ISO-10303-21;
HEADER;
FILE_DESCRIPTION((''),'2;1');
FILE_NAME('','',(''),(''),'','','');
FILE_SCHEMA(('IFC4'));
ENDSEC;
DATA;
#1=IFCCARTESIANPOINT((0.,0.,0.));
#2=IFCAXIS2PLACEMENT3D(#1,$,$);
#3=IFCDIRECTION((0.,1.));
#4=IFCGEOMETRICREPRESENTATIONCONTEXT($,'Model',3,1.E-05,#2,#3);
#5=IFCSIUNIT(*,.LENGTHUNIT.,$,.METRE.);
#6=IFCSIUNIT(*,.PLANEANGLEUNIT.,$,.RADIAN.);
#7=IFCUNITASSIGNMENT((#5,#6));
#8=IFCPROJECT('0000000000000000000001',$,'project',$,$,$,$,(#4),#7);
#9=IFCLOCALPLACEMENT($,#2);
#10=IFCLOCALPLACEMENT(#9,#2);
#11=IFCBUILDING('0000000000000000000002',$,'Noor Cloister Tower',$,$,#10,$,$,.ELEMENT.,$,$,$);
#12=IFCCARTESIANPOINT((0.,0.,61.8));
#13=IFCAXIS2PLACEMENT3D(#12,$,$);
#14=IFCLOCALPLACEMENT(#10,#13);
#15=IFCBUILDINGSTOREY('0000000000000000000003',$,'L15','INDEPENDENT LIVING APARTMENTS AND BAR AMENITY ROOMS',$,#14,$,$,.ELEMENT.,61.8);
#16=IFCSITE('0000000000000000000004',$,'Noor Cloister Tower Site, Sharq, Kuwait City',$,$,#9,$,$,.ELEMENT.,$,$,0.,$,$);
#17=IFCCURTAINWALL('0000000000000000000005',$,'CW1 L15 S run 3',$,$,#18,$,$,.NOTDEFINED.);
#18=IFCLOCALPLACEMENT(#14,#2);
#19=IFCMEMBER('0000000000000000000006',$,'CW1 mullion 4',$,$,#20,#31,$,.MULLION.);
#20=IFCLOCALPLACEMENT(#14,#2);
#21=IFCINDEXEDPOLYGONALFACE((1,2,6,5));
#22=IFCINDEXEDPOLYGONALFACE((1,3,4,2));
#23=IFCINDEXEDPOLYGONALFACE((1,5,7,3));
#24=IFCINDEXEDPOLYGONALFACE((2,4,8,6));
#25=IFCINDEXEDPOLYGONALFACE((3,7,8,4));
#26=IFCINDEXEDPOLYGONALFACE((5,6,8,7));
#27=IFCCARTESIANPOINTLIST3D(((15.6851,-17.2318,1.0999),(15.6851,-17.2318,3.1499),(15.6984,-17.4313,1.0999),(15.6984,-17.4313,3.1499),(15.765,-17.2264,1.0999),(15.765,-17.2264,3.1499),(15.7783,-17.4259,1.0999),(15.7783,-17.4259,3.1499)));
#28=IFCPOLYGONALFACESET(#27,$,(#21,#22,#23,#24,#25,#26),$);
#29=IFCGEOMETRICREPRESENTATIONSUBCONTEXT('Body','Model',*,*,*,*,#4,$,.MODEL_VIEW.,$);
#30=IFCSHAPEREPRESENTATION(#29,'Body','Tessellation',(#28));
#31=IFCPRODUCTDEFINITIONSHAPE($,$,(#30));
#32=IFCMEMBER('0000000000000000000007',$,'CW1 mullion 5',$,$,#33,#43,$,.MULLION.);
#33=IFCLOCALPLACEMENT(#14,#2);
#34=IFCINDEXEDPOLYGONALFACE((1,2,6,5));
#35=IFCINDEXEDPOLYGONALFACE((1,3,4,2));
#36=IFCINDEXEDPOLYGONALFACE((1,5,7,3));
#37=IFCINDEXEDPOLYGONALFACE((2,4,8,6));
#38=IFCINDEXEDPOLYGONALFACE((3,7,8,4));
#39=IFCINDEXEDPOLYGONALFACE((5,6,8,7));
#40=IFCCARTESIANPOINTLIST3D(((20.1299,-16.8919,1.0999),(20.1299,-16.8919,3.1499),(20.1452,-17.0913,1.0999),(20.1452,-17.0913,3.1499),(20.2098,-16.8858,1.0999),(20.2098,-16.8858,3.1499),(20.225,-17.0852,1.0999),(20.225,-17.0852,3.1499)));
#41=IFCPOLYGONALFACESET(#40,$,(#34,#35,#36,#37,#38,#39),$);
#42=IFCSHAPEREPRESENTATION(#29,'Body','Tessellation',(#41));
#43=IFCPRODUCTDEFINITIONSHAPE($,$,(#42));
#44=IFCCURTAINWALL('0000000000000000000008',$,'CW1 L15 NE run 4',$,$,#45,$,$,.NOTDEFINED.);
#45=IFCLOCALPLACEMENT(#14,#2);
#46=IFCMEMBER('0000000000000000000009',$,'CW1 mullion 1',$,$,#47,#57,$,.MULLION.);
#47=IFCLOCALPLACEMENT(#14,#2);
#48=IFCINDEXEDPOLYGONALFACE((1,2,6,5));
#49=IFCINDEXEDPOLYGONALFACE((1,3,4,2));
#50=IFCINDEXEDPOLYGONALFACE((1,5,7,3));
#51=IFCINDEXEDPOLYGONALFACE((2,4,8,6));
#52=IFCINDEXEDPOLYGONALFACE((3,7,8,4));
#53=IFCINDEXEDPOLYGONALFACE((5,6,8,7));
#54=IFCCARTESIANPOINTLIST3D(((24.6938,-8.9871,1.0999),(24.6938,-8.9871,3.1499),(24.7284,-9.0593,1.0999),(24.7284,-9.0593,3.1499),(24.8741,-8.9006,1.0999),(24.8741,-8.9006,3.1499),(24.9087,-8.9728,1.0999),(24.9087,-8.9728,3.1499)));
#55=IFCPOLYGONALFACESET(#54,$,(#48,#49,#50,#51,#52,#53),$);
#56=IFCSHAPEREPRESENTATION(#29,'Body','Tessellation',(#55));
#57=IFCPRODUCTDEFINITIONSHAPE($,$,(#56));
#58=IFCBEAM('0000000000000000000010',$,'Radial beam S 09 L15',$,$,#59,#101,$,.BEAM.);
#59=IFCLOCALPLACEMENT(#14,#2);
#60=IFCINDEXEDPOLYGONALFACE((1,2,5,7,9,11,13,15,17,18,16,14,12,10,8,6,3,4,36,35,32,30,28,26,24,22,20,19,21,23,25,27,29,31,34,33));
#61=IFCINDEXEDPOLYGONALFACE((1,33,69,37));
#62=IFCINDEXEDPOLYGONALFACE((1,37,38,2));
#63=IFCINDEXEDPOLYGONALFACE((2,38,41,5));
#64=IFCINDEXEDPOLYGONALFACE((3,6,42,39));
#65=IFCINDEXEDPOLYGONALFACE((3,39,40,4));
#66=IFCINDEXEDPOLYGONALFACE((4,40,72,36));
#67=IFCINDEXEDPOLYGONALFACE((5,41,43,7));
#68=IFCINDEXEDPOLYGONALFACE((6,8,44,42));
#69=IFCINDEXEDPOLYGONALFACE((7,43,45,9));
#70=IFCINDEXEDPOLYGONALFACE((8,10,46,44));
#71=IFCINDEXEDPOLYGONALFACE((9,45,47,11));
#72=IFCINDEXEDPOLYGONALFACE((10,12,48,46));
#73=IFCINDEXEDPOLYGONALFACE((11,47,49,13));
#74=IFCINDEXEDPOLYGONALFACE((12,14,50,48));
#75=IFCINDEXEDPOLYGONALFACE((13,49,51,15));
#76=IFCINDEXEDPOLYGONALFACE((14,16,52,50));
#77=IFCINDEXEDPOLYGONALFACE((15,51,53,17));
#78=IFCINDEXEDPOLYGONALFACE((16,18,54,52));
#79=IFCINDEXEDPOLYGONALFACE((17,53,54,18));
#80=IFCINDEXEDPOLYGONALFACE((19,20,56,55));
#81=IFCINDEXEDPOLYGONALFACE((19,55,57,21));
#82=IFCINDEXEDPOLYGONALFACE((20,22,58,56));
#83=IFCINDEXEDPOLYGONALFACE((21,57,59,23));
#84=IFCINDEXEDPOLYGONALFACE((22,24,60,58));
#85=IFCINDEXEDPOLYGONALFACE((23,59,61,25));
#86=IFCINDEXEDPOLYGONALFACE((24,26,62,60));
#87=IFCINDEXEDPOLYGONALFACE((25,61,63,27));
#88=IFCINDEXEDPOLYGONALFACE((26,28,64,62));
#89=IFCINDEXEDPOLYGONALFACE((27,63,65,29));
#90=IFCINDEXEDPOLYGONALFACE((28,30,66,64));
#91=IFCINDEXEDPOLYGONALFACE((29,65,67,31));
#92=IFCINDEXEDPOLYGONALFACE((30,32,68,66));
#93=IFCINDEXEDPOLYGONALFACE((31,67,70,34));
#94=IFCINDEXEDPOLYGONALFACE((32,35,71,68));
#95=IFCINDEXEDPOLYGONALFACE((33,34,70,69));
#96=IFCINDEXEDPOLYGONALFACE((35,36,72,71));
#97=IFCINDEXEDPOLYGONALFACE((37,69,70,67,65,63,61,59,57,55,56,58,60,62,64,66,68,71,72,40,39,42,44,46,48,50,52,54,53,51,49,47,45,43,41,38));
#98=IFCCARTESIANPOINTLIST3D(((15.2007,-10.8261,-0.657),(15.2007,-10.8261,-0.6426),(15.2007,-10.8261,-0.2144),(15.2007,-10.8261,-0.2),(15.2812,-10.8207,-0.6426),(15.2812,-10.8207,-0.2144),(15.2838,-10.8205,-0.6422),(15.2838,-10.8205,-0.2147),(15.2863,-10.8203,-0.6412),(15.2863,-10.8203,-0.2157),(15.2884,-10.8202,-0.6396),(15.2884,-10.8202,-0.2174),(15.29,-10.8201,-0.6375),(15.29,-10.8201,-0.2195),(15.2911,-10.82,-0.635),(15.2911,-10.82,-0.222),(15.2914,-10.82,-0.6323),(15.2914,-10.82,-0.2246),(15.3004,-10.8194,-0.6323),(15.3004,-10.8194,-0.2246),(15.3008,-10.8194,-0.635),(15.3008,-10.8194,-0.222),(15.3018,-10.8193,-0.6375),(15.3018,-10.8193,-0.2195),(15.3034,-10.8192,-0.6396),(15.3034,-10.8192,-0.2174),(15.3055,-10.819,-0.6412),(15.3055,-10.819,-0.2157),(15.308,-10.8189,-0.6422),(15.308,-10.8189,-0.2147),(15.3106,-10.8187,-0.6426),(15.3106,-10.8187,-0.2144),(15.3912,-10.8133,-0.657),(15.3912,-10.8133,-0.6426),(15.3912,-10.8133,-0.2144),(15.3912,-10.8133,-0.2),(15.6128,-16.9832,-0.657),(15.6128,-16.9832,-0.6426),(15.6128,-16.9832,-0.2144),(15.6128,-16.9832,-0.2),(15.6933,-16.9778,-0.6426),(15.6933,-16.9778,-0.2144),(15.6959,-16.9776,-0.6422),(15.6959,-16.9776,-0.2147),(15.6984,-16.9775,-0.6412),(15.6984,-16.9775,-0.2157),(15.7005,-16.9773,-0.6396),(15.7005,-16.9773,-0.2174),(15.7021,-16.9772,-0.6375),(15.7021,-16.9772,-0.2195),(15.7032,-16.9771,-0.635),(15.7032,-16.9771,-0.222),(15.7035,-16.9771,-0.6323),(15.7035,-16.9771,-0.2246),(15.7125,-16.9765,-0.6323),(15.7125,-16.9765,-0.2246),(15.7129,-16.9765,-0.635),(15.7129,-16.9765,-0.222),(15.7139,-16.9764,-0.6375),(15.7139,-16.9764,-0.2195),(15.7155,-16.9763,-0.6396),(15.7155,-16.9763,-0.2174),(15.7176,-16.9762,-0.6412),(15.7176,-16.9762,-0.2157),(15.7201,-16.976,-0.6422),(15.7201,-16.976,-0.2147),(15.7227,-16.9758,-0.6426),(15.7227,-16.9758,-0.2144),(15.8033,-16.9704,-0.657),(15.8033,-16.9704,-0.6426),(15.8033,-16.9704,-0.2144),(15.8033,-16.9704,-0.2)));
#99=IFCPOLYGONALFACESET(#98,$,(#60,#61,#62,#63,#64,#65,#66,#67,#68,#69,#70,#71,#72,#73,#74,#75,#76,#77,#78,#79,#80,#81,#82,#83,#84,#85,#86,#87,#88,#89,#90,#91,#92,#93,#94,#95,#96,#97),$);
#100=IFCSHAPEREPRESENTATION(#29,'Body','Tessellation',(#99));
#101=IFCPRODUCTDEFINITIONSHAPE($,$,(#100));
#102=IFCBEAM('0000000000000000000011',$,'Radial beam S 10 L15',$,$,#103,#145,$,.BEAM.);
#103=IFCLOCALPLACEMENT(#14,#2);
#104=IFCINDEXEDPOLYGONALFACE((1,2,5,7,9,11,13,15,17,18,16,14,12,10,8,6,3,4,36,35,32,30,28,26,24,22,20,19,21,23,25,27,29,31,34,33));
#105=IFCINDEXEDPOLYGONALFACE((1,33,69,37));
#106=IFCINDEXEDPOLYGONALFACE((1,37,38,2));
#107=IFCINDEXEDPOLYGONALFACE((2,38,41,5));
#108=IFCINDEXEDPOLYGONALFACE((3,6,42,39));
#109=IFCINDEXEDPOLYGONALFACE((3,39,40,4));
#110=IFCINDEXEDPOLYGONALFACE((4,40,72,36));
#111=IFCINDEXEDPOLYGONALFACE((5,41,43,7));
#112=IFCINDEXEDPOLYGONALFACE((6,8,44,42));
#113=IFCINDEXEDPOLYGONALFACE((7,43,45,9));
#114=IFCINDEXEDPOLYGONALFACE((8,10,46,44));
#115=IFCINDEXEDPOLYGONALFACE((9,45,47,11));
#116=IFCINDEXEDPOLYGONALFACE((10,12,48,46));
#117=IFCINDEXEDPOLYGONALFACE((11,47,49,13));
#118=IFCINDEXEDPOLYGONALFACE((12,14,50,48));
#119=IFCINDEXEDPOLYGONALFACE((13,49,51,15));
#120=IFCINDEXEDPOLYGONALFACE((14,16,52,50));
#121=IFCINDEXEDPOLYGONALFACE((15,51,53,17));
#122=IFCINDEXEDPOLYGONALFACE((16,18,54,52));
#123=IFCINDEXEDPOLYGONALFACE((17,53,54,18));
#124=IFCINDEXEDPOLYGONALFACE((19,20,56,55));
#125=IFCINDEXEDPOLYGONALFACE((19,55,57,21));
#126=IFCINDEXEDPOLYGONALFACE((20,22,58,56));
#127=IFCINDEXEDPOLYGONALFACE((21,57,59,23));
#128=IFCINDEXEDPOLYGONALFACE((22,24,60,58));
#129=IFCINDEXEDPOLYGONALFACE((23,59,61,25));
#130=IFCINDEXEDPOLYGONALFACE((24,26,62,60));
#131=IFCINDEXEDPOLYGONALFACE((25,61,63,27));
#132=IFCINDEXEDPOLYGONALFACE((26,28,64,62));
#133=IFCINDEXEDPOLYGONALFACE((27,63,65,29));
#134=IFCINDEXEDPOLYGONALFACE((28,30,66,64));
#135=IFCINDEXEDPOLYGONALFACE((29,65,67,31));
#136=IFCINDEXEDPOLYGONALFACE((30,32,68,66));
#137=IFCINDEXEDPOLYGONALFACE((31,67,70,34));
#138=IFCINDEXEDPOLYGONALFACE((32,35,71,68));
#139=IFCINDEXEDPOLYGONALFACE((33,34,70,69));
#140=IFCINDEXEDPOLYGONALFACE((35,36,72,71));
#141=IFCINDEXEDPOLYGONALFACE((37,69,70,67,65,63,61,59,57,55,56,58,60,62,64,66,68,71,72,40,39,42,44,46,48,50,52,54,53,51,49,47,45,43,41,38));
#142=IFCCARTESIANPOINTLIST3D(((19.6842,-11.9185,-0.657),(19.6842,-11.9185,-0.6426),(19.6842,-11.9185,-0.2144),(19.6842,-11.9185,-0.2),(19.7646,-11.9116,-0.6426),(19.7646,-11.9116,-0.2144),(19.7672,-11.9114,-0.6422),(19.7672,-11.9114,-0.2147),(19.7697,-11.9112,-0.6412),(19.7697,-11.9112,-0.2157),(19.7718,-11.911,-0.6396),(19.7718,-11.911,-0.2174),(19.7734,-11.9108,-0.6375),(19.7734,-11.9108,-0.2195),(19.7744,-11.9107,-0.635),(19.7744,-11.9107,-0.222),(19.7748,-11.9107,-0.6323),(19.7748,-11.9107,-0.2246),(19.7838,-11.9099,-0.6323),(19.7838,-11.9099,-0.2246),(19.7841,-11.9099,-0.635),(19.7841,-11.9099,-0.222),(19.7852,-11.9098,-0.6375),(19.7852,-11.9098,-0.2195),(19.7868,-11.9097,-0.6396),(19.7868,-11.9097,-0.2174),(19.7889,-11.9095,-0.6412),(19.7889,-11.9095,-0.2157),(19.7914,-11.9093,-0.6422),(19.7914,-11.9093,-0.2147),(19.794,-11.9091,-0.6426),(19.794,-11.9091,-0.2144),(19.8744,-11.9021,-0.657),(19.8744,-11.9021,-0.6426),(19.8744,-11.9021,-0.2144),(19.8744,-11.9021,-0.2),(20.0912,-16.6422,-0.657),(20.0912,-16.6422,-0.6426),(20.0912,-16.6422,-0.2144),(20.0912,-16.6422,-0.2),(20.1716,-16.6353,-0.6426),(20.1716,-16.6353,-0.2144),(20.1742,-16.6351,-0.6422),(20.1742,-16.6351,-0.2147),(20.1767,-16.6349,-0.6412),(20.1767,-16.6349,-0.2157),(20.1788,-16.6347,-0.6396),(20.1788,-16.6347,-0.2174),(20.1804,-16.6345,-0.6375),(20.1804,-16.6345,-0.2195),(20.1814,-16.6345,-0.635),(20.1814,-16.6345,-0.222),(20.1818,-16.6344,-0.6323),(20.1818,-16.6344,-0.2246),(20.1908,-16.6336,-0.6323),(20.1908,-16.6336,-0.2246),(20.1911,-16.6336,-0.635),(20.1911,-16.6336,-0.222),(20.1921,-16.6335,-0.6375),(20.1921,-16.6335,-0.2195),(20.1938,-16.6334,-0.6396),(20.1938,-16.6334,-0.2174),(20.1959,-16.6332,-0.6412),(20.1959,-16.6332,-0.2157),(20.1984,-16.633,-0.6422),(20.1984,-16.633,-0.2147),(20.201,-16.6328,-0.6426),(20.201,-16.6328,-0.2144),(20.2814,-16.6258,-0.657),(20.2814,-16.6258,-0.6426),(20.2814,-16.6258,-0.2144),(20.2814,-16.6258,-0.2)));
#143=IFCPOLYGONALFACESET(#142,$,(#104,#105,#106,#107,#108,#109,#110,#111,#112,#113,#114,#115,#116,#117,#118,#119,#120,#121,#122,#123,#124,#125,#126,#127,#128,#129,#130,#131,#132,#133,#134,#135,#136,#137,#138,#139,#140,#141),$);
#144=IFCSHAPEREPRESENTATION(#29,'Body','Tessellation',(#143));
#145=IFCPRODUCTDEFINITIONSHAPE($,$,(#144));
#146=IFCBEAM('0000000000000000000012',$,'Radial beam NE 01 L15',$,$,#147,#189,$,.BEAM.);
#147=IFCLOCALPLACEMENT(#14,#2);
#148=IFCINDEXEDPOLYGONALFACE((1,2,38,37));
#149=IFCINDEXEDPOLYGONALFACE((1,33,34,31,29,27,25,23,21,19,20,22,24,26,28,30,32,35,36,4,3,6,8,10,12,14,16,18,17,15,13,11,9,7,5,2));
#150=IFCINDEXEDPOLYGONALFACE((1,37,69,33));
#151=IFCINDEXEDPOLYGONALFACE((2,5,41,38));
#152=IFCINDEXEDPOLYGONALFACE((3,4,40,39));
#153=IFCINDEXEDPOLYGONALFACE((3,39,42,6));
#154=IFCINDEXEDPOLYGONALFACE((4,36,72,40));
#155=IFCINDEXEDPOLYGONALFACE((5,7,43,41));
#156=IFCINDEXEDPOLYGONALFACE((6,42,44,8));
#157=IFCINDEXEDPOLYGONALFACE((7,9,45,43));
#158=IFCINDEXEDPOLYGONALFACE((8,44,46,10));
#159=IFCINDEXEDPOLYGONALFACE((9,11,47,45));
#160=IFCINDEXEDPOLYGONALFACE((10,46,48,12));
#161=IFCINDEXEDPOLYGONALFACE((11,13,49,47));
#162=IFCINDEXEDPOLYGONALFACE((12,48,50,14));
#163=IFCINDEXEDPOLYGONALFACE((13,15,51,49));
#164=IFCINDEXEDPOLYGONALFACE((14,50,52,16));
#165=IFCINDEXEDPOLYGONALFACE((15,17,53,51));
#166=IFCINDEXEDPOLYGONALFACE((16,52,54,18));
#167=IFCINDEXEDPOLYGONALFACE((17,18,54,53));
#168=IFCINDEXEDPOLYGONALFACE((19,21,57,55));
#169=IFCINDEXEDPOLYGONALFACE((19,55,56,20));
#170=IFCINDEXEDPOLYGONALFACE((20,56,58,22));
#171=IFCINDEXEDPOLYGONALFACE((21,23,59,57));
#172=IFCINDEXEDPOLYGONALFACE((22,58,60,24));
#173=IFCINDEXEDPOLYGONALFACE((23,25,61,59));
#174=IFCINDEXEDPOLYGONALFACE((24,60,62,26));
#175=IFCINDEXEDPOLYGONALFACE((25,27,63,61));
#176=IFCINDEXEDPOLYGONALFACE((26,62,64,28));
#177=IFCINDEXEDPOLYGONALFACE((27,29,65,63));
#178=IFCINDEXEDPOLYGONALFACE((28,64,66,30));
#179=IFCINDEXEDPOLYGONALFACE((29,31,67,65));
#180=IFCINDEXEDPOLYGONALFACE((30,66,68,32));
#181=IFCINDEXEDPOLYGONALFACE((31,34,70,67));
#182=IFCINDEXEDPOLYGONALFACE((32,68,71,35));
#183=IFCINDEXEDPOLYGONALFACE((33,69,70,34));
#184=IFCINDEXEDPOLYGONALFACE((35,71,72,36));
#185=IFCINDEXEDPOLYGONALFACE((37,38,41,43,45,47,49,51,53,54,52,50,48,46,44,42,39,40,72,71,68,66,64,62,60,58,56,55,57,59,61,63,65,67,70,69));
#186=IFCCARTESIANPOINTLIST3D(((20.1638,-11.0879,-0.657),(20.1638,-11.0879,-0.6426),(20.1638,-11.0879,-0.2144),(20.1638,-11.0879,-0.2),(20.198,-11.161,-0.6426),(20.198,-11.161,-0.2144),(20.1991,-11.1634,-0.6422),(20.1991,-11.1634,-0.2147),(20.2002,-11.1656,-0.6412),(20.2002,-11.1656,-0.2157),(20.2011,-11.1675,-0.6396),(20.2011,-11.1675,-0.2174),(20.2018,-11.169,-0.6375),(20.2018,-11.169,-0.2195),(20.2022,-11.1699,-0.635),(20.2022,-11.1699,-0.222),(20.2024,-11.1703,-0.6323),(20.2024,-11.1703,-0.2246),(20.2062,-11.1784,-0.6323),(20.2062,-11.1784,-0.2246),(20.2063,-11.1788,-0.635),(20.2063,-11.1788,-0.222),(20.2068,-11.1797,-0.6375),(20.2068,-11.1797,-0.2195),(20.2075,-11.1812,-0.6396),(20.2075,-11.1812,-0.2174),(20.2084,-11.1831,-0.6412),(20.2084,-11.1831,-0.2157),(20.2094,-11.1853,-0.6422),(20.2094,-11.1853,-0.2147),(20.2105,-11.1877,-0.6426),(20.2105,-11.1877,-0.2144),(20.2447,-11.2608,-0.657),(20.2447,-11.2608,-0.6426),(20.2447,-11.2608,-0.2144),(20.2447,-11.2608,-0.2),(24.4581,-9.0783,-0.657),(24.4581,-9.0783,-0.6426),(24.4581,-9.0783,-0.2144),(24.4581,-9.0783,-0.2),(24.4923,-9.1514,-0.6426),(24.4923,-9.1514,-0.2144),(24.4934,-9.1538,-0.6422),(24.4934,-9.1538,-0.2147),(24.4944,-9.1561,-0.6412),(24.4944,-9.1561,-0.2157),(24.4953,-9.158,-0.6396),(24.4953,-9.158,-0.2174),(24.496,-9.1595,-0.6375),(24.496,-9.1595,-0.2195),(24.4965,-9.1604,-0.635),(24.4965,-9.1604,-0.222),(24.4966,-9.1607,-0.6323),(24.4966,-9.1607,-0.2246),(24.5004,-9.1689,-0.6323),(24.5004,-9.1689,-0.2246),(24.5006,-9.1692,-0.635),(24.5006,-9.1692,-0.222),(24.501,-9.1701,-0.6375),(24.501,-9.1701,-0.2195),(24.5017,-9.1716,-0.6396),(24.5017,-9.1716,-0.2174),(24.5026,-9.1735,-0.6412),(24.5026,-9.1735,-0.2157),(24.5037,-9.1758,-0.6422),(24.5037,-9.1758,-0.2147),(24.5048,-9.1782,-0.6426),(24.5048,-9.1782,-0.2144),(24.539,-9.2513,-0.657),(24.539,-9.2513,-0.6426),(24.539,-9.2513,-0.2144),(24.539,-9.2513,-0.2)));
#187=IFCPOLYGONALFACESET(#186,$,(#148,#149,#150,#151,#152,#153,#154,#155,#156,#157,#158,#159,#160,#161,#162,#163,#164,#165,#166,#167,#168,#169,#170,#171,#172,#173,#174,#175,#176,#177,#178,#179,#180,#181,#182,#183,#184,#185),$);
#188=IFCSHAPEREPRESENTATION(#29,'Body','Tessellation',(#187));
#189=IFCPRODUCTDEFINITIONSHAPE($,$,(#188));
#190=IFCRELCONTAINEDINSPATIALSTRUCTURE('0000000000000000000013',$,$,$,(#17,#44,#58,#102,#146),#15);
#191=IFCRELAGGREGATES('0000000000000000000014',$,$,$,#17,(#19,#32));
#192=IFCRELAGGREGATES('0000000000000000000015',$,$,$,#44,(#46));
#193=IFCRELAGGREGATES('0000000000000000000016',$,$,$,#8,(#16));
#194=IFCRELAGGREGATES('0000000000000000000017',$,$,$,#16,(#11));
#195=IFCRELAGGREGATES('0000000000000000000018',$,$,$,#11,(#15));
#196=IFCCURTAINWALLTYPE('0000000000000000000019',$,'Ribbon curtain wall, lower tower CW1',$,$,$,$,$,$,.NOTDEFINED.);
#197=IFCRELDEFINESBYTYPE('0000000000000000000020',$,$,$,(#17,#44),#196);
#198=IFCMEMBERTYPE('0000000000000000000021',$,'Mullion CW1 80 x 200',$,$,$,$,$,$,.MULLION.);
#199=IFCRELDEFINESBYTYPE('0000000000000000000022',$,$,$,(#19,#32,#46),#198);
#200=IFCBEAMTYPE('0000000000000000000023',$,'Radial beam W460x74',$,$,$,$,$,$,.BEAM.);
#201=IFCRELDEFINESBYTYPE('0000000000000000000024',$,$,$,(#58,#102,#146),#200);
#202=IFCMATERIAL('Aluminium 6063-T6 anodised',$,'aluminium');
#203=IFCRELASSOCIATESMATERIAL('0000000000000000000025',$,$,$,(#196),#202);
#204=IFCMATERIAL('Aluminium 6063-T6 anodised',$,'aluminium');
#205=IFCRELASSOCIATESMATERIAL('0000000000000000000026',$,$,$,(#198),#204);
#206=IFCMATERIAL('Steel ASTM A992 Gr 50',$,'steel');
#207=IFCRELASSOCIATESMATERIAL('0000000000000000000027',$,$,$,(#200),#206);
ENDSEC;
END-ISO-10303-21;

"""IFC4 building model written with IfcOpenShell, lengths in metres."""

from ifc_helpers import new_model, si_unit, direction, frame, origin, origin_2d, place, context, subcontext, project, spatial, rectangle, i_section, extrude, material, material_profile, profile_set, type_object, element, aggregate, save


model = new_model("IFC4")

# Units and contexts
model_context = context("Model", 3, precision=1e-05, world=origin(), true_north=direction((0.0, 1.0)))
body_context = subcontext(model_context, "Body", "Model", "MODEL_VIEW")
ifc_project = project(units=[si_unit("LENGTHUNIT", "METRE"), si_unit("PLANEANGLEUNIT", "RADIAN")], contexts=[model_context])

# Site, building, storey
site_placement = place(None, origin())
site = spatial("IfcSite", under=ifc_project, at=site_placement, Name="Noor Cloister Tower Site, Sharq, Kuwait City", CompositionType="ELEMENT", RefElevation=0.0)
building_placement = place(site_placement, origin())
building = spatial("IfcBuilding", under=site, at=building_placement, Name="Noor Cloister Tower", CompositionType="ELEMENT")
storey_placement = place(building_placement, frame((0.0, 0.0, 61.8)))
storey = spatial("IfcBuildingStorey", under=building, at=storey_placement, Name="L15", Description="INDEPENDENT LIVING APARTMENTS AND BAR AMENITY ROOMS", CompositionType="ELEMENT", Elevation=61.8)

# Curtain wall, members
ifc_material_1 = material(Name="Aluminium 6063-T6 anodised", Category="aluminium")
curtain_wall_type = type_object("IfcCurtainWallType", Name="Ribbon curtain wall, lower tower CW1", PredefinedType="NOTDEFINED", material=ifc_material_1)
curtain_wall_1_placement = place(storey_placement, origin())
curtain_wall_1 = element("IfcCurtainWall", 1, at=curtain_wall_1_placement, inside=storey, type_object=curtain_wall_type, Name="CW1 L15 S run 3", PredefinedType="NOTDEFINED")
ifc_material_2 = material(Name="Aluminium 6063-T6 anodised", Category="aluminium")
ifc_material_profile_1 = material_profile(ifc_material_2, rectangle(XDim=0.2, YDim=0.0801, at=origin_2d()), Name="200 x 80 mullion")
ifc_profile_set_1 = profile_set([ifc_material_profile_1], Name="Aluminium 6063-T6 anodised")
member_type = type_object("IfcMemberType", Name="Mullion CW1 80 x 200", PredefinedType="MULLION", material=ifc_profile_set_1)
member_1_placement = place(storey_placement, frame((15.7317, -17.3289, 1.0999), z_axis=(0.0, 0.0, 1.0), x_axis=(-0.066787, 0.997767, 0.0)))
member_1 = element("IfcMember", 2, at=member_1_placement, type_object=member_type, Name="CW1 mullion 4", PredefinedType="MULLION", context=body_context, shape_type="SweptSolid", body=[
    extrude(rectangle(XDim=0.2, YDim=0.0801, at=origin_2d()), origin(), (0.0, 0.0, 1.0), 2.05),
])
member_2_placement = place(storey_placement, frame((20.1775, -16.9885, 1.0999), z_axis=(0.0, 0.0, 1.0), x_axis=(-0.076311, 0.997084, 0.0)))
member_2 = element("IfcMember", 3, at=member_2_placement, type_object=member_type, Name="CW1 mullion 5", PredefinedType="MULLION", context=body_context, shape_type="SweptSolid", body=[
    extrude(rectangle(XDim=0.2, YDim=0.0801, at=origin_2d()), origin(), (0.0, 0.0, 1.0), 2.05),
])

# Curtain wall, member
curtain_wall_2_placement = place(storey_placement, origin())
curtain_wall_2 = element("IfcCurtainWall", 4, at=curtain_wall_2_placement, inside=storey, type_object=curtain_wall_type, Name="CW1 L15 NE run 4", PredefinedType="NOTDEFINED")
member_3_placement = place(storey_placement, frame((24.8013, -8.98, 1.0999), z_axis=(0.0, 0.0, 1.0), x_axis=(-0.901656, -0.432455, 0.0)))
member_3 = element("IfcMember", 5, at=member_3_placement, type_object=member_type, Name="CW1 mullion 1", PredefinedType="MULLION", context=body_context, shape_type="SweptSolid", body=[
    extrude(rectangle(XDim=0.2, YDim=0.0801, at=origin_2d()), origin(), (0.0, 0.0, 1.0), 2.05),
])

# Beams
ifc_material_3 = material(Name="Steel ASTM A992 Gr 50", Category="steel")
ifc_material_profile_2 = material_profile(ifc_material_3, i_section(OverallWidth=0.1909, OverallDepth=0.457, WebThickness=0.009, FlangeThickness=0.0144, FilletRadius=0.0103, at=origin_2d()), Name="W460x74")
ifc_profile_set_2 = profile_set([ifc_material_profile_2], Name="Steel ASTM A992 Gr 50")
beam_type_1 = type_object("IfcBeamType", Name="Radial beam W460x74", PredefinedType="BEAM", material=ifc_profile_set_2)
beam_1_placement = place(storey_placement, frame((15.708, -16.9768, -0.4285), z_axis=(-0.066782, 0.997768, 0.0), x_axis=(-0.997768, -0.066782, 0.0)))
element("IfcBeam", 6, at=beam_1_placement, inside=storey, type_object=beam_type_1, Name="Radial beam S 09 L15", PredefinedType="BEAM", context=body_context, shape_type="SweptSolid", body=[
    extrude(i_section(OverallWidth=0.1909, OverallDepth=0.457, WebThickness=0.009, FlangeThickness=0.0144, FilletRadius=0.0103, at=origin_2d()), origin(), (0.0, 0.0, 1.0), 6.1709),
])
for number, where, z_axis, x_axis, name in (
    (7, (20.1863, -16.634, -0.4285), (-0.085841, 0.996309, 0.0), (-0.996309, -0.085841, 0.0), "Radial beam S 10 L15"),
    (8, (24.4985, -9.1648, -0.4285), (-0.905733, -0.423849, 0.0), (0.423849, -0.905733, 0.0), "Radial beam NE 01 L15"),
):
    element("IfcBeam", number, at=place(storey_placement, frame(where, z_axis=z_axis, x_axis=x_axis)), inside=storey, type_object=beam_type_1, Name=name, PredefinedType="BEAM", context=body_context, shape_type="SweptSolid", body=[
        extrude(i_section(OverallWidth=0.1909, OverallDepth=0.457, WebThickness=0.009, FlangeThickness=0.0144, FilletRadius=0.0103, at=origin_2d()), origin(), (0.0, 0.0, 1.0), 4.7412),
    ])

aggregate(curtain_wall_1, [member_1, member_2])
aggregate(curtain_wall_2, [member_3])

save(model, "model.ifc")
